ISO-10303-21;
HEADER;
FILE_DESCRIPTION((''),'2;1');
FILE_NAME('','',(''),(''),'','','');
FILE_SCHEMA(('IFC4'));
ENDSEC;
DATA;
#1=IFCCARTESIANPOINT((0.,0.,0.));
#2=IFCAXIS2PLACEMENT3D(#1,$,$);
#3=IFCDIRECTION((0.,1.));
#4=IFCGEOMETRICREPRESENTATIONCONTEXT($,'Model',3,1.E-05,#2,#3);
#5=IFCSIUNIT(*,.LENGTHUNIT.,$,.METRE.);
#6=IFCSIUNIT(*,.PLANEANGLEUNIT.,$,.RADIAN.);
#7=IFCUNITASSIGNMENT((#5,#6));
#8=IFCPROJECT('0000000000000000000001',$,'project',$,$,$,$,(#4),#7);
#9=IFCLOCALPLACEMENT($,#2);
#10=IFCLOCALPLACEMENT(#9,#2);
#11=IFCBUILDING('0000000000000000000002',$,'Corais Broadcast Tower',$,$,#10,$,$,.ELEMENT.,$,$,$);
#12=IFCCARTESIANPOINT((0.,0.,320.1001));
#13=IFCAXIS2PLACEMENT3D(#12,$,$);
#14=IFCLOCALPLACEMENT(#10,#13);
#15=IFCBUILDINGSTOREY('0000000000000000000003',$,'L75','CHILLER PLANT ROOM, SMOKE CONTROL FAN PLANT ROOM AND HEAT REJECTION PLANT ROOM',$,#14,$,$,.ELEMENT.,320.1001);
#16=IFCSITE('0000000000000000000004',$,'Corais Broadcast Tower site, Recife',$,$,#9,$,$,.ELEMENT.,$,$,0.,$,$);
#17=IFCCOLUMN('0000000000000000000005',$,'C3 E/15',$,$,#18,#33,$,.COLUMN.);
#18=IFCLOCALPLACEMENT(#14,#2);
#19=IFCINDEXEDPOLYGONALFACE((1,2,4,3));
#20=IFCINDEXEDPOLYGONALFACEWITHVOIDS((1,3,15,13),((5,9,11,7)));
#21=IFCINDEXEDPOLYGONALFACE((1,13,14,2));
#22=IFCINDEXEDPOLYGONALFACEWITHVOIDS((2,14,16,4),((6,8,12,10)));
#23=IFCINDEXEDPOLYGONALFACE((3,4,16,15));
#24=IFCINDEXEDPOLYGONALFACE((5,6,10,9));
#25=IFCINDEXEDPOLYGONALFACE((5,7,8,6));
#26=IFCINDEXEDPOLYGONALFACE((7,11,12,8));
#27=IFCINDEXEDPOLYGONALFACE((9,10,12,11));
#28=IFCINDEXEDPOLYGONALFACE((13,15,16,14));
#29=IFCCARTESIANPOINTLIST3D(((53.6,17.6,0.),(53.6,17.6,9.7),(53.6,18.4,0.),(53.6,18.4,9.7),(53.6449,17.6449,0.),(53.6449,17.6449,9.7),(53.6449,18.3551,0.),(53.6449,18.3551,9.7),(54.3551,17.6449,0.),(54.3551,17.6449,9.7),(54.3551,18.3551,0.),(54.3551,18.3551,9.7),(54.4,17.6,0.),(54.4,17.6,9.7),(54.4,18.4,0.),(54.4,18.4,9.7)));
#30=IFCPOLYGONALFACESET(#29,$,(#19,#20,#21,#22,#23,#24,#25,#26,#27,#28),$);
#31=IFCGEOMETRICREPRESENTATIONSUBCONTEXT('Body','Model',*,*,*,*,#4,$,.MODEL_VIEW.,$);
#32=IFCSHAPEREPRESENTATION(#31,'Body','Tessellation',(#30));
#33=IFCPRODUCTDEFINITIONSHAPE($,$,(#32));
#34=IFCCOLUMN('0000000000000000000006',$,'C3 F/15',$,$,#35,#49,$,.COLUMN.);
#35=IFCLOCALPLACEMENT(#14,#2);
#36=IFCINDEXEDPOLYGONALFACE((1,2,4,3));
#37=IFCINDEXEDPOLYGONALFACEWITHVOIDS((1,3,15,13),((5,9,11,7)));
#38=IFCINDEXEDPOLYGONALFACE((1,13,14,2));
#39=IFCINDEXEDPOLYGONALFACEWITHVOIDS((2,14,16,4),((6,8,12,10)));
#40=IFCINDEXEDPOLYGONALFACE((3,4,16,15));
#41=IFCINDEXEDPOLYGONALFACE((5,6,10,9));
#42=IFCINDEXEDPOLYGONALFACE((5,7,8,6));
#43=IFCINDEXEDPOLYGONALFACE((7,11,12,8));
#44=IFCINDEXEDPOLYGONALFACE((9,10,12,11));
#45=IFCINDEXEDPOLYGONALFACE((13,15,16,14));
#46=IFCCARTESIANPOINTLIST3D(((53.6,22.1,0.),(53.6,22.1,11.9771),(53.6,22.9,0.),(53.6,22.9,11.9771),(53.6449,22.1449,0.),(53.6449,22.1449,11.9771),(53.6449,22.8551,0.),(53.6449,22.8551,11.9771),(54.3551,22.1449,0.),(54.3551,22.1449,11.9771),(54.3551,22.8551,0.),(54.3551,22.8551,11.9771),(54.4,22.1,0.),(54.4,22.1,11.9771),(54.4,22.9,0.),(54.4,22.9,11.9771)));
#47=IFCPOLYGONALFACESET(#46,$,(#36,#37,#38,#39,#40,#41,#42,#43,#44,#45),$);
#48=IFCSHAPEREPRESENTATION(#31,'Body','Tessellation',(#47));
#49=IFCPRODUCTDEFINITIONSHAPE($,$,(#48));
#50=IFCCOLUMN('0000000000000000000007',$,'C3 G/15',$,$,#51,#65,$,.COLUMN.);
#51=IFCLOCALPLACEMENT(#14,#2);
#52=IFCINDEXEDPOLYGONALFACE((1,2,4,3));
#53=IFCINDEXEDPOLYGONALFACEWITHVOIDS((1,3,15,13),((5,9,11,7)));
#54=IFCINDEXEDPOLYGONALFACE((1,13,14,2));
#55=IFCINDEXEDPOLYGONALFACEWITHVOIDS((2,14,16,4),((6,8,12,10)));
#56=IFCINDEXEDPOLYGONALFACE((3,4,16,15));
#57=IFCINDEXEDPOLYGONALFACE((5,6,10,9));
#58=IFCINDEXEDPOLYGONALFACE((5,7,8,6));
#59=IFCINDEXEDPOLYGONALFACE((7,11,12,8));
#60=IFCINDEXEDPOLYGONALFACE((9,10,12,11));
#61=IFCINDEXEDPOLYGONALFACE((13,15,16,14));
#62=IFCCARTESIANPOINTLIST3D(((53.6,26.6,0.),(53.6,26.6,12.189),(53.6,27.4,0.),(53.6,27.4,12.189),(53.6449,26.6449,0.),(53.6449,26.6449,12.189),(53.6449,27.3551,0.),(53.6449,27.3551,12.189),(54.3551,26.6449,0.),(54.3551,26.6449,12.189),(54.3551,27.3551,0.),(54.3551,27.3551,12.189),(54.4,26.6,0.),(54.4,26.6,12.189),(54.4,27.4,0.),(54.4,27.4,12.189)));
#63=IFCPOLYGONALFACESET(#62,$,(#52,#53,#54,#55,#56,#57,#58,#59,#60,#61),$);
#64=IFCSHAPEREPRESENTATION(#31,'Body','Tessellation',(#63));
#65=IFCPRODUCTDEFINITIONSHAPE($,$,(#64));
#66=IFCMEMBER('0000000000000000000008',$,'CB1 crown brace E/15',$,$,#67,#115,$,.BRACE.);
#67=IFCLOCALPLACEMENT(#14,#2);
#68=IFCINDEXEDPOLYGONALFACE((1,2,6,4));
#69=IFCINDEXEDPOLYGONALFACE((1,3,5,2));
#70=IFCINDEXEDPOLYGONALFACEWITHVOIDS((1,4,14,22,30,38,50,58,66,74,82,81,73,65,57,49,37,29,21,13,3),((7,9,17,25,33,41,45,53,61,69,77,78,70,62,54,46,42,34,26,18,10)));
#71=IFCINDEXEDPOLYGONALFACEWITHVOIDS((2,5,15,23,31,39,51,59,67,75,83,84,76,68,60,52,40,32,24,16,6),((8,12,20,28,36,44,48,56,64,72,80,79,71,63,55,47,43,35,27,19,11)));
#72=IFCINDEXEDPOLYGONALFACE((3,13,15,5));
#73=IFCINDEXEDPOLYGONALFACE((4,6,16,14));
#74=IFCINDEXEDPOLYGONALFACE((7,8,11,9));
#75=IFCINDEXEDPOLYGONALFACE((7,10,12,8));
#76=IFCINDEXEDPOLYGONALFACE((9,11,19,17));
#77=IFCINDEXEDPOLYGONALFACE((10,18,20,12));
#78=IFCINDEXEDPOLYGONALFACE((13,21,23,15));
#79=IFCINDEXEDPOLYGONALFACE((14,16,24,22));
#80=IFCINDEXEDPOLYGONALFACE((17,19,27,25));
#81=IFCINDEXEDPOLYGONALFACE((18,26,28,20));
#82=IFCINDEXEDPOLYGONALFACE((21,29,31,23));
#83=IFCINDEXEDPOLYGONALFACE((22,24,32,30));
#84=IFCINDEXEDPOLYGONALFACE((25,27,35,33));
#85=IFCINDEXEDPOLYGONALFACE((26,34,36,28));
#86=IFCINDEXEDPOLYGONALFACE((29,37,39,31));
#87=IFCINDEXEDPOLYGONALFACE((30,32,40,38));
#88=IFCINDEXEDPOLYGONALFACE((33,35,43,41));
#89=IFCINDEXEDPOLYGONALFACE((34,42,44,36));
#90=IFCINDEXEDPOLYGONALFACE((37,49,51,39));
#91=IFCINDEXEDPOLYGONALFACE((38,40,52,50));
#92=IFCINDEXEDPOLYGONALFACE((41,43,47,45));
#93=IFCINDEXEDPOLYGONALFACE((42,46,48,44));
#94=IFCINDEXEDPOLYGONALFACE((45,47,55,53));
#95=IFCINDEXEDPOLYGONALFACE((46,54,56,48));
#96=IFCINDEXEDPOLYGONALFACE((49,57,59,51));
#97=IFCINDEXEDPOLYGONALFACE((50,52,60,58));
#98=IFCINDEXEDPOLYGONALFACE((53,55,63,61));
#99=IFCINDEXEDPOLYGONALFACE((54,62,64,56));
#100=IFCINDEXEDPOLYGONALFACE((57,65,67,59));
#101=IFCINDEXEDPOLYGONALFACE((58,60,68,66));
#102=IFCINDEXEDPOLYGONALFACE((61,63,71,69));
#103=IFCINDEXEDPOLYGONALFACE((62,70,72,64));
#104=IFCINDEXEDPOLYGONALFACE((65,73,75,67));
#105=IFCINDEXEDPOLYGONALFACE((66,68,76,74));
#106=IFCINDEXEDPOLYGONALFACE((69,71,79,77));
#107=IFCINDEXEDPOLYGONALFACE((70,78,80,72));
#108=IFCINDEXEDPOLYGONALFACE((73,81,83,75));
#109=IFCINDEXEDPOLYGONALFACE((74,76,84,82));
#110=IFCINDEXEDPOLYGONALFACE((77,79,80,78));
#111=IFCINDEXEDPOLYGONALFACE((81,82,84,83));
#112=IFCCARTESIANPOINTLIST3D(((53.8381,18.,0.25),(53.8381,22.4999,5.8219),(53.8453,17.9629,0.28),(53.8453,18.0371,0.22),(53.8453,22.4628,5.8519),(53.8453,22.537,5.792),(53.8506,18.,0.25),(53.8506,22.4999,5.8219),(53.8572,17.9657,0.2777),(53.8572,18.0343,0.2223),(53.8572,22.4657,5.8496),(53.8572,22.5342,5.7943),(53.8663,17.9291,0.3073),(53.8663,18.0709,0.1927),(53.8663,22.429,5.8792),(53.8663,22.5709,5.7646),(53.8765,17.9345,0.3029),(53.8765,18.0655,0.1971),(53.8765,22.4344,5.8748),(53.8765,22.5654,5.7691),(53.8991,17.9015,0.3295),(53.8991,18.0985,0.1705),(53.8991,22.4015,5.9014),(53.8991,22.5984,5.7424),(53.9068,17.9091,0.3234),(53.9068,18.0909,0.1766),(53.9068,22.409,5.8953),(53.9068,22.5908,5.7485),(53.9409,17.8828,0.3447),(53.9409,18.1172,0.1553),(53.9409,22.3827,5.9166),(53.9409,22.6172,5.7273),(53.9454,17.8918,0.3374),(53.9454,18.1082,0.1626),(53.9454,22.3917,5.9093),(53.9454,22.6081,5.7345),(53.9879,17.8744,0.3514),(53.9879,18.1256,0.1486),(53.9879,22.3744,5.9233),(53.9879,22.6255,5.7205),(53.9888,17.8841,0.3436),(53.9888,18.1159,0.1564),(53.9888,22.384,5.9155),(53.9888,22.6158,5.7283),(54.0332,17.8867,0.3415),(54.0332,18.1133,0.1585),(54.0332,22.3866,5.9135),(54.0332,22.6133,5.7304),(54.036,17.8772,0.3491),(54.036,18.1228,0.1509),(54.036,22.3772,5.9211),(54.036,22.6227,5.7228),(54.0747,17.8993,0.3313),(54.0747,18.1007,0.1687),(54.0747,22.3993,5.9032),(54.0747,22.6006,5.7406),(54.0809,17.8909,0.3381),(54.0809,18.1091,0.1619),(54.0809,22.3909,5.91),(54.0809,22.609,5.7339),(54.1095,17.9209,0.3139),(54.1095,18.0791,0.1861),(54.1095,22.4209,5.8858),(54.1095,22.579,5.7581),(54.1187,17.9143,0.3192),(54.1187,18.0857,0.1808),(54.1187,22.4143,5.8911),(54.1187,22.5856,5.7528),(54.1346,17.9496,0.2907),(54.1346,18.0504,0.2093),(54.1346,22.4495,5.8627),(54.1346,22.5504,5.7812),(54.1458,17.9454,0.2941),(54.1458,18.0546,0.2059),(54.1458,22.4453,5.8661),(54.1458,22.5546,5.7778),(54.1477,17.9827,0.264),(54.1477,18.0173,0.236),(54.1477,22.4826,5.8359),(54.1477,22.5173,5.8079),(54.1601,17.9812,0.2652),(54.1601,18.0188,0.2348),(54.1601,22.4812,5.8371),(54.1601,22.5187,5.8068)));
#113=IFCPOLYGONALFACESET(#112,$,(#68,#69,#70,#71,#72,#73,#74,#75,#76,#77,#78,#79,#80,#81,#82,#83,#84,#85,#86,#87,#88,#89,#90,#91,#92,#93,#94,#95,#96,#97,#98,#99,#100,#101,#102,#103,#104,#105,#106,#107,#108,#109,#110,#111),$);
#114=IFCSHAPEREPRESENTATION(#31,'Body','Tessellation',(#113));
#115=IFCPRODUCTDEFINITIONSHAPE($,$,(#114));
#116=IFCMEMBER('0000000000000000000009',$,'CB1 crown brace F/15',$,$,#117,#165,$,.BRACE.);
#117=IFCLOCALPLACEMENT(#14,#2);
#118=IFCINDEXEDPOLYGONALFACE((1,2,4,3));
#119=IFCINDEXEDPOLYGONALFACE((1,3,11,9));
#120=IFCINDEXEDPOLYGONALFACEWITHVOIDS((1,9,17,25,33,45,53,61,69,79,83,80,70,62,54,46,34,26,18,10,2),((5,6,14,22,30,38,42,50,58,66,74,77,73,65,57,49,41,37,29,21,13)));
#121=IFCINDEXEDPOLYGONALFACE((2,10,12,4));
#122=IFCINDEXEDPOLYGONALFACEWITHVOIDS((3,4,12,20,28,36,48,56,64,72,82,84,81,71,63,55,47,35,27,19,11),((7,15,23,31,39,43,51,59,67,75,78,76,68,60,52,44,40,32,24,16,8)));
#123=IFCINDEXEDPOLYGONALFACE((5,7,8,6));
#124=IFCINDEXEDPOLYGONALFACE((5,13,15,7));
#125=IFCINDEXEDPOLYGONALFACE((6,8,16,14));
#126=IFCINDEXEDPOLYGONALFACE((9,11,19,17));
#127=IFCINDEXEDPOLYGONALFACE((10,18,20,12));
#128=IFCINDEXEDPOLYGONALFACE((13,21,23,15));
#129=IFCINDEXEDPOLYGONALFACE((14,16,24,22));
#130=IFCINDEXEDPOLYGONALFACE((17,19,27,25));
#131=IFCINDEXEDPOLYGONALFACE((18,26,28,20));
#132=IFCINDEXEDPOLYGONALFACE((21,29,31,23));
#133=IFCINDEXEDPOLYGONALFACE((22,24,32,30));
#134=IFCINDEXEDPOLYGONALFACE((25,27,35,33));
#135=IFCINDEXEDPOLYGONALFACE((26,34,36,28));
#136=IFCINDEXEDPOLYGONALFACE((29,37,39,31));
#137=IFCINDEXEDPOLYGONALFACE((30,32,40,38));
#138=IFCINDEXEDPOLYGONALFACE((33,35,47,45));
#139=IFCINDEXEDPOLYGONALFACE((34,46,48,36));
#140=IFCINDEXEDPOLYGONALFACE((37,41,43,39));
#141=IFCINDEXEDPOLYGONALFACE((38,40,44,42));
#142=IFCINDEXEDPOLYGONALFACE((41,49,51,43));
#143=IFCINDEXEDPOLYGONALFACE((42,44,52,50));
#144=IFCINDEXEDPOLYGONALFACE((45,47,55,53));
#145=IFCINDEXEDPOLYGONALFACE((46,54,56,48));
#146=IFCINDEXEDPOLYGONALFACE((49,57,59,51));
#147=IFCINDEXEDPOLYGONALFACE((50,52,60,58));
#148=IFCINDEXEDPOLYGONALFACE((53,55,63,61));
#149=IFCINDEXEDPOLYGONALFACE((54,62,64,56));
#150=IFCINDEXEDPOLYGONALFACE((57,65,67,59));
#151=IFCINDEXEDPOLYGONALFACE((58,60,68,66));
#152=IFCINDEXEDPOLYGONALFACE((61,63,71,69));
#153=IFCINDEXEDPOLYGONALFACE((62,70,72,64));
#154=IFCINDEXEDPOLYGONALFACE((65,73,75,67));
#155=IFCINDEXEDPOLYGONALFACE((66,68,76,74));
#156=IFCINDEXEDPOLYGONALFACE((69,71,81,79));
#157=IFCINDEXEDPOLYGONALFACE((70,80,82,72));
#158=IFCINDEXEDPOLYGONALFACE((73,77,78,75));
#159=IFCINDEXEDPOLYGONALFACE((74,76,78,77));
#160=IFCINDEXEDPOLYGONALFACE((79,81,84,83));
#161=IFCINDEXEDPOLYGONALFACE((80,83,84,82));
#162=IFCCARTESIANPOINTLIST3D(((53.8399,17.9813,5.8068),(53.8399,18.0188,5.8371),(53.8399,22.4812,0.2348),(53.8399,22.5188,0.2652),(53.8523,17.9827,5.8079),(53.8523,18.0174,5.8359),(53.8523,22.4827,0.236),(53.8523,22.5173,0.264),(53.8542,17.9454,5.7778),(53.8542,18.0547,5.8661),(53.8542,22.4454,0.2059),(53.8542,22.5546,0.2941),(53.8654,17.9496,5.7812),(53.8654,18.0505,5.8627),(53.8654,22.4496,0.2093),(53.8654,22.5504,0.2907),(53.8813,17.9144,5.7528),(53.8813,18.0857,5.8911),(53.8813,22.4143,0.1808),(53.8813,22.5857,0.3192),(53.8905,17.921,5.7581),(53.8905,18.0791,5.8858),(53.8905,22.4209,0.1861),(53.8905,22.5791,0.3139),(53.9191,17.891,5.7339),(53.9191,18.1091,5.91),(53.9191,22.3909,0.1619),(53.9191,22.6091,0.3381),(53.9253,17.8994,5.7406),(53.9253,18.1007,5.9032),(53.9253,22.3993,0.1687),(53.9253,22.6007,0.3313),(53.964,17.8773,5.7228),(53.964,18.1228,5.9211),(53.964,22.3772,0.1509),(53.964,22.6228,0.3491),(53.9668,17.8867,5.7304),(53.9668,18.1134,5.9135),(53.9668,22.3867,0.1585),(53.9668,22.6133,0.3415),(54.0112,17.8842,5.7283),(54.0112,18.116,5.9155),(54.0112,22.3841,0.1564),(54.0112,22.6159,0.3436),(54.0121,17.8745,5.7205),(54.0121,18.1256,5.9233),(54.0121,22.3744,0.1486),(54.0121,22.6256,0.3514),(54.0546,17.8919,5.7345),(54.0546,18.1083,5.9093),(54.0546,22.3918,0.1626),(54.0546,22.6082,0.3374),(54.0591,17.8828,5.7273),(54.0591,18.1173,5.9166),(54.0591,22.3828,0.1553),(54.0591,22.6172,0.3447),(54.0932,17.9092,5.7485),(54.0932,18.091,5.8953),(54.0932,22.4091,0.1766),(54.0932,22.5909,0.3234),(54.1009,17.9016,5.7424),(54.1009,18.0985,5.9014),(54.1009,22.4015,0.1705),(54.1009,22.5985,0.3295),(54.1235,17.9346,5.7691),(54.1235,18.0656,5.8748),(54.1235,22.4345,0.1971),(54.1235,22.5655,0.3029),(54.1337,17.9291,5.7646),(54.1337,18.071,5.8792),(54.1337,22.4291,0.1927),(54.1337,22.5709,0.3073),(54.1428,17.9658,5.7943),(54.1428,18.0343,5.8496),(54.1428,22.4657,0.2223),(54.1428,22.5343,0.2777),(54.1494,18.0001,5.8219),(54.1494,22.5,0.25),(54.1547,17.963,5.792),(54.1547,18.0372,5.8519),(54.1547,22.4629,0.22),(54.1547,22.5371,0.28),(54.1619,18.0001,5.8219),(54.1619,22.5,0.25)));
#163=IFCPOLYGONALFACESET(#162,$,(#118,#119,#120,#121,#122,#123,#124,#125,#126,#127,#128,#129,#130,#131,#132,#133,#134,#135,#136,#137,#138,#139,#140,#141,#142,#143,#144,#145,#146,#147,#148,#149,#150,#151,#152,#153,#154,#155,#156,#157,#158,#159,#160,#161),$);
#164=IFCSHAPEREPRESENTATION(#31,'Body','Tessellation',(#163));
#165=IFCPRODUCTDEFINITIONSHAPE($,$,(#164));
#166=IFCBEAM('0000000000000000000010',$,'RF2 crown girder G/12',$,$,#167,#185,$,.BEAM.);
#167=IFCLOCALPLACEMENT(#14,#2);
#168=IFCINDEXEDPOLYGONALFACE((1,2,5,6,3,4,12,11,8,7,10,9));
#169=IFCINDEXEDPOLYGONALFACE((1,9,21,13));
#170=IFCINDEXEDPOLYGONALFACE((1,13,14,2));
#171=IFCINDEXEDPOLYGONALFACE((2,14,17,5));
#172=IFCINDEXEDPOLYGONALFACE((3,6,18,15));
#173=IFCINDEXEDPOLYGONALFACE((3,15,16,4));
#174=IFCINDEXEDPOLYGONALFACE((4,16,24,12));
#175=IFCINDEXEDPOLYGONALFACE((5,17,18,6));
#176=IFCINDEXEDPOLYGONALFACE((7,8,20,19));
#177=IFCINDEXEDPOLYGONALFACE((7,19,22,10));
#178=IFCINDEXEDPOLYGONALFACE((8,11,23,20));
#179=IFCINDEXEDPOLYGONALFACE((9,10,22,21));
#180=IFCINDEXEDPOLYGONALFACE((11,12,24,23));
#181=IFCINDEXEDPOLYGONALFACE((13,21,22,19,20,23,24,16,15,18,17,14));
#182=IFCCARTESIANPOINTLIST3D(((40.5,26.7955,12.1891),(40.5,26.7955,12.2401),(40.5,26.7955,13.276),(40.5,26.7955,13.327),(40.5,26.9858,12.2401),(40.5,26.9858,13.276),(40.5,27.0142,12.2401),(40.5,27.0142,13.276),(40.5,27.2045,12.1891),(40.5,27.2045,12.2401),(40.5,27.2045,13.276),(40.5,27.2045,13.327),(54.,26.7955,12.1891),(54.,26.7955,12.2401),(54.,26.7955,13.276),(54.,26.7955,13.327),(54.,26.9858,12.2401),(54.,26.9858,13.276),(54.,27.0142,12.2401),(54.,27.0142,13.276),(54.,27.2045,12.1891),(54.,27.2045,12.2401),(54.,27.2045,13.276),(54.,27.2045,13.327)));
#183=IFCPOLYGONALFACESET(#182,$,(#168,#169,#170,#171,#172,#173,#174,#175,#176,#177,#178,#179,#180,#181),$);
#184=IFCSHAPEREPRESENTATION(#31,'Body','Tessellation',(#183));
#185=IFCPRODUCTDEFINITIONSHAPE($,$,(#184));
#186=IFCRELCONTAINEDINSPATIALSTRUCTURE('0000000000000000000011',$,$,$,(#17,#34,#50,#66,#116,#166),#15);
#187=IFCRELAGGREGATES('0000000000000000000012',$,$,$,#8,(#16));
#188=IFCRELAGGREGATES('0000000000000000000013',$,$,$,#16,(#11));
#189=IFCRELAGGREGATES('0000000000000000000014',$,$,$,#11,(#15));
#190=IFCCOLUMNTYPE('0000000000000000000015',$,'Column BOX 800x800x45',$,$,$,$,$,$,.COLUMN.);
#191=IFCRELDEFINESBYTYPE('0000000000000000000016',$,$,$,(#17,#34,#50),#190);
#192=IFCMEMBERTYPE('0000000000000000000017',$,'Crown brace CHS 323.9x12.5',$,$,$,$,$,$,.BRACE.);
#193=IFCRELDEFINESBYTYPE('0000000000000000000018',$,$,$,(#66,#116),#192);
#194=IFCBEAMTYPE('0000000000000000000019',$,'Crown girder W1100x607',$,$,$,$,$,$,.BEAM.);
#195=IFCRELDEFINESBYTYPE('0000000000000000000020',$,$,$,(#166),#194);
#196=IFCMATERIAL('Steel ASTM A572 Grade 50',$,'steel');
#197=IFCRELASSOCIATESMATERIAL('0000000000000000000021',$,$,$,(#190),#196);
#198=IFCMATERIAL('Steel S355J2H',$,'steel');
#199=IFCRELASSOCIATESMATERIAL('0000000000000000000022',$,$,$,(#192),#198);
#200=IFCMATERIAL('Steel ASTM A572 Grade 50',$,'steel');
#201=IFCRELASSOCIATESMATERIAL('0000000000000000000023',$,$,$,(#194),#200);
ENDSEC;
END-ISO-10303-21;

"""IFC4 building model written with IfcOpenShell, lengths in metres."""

from ifc_helpers import new_model, si_unit, direction, frame, origin, origin_2d, place, context, subcontext, project, spatial, hollow_rectangle, hollow_circle, i_section, extrude, material, material_profile, profile_set, type_object, element, save


model = new_model("IFC4")

# Units and contexts
model_context = context("Model", 3, precision=1e-05, world=origin(), true_north=direction((0.0, 1.0)))
body_context = subcontext(model_context, "Body", "Model", "MODEL_VIEW")
ifc_project = project(units=[si_unit("LENGTHUNIT", "METRE"), si_unit("PLANEANGLEUNIT", "RADIAN")], contexts=[model_context])

# Site, building, storey
site_placement = place(None, origin())
site = spatial("IfcSite", under=ifc_project, at=site_placement, Name="Corais Broadcast Tower site, Recife", CompositionType="ELEMENT", RefElevation=0.0)
building_placement = place(site_placement, origin())
building = spatial("IfcBuilding", under=site, at=building_placement, Name="Corais Broadcast Tower", CompositionType="ELEMENT")
storey_placement = place(building_placement, frame((0.0, 0.0, 320.1001)))
storey = spatial("IfcBuildingStorey", under=building, at=storey_placement, Name="L75", Description="CHILLER PLANT ROOM, SMOKE CONTROL FAN PLANT ROOM AND HEAT REJECTION PLANT ROOM", CompositionType="ELEMENT", Elevation=320.1001)

# Columns
ifc_material_1 = material(Name="Steel ASTM A572 Grade 50", Category="steel")
ifc_material_profile_1 = material_profile(ifc_material_1, hollow_rectangle(XDim=0.8, YDim=0.8, WallThickness=0.0449, at=origin_2d()), Name="BOX 800x800x45")
ifc_profile_set_1 = profile_set([ifc_material_profile_1], Name="Steel ASTM A572 Grade 50")
column_type = type_object("IfcColumnType", Name="Column BOX 800x800x45", PredefinedType="COLUMN", material=ifc_profile_set_1)
column_1_placement = place(storey_placement, frame((54.0, 18.0, 0.0), z_axis=(0.0, 0.0, 1.0), x_axis=(1.0, 0.0, 0.0)))
element("IfcColumn", 1, at=column_1_placement, inside=storey, type_object=column_type, Name="C3 E/15", PredefinedType="COLUMN", context=body_context, shape_type="SweptSolid", body=[
    extrude(hollow_rectangle(XDim=0.8, YDim=0.8, WallThickness=0.0449, at=origin_2d()), origin(), (0.0, 0.0, 1.0), 9.7),
])
column_2_placement = place(storey_placement, frame((54.0, 22.5, 0.0), z_axis=(0.0, 0.0, 1.0), x_axis=(1.0, 0.0, 0.0)))
element("IfcColumn", 2, at=column_2_placement, inside=storey, type_object=column_type, Name="C3 F/15", PredefinedType="COLUMN", context=body_context, shape_type="SweptSolid", body=[
    extrude(hollow_rectangle(XDim=0.8, YDim=0.8, WallThickness=0.0449, at=origin_2d()), origin(), (0.0, 0.0, 1.0), 11.9771),
])
column_3_placement = place(storey_placement, frame((54.0, 27.0, 0.0), z_axis=(0.0, 0.0, 1.0), x_axis=(1.0, 0.0, 0.0)))
element("IfcColumn", 3, at=column_3_placement, inside=storey, type_object=column_type, Name="C3 G/15", PredefinedType="COLUMN", context=body_context, shape_type="SweptSolid", body=[
    extrude(hollow_rectangle(XDim=0.8, YDim=0.8, WallThickness=0.0449, at=origin_2d()), origin(), (0.0, 0.0, 1.0), 12.189),
])

# Members
ifc_material_2 = material(Name="Steel S355J2H", Category="steel")
ifc_material_profile_2 = material_profile(ifc_material_2, hollow_circle(Radius=0.1619, WallThickness=0.0125, at=origin_2d()), Name="CHS 323.9x12.5")
ifc_profile_set_2 = profile_set([ifc_material_profile_2], Name="Steel S355J2H")
member_type = type_object("IfcMemberType", Name="Crown brace CHS 323.9x12.5", PredefinedType="BRACE", material=ifc_profile_set_2)
for number, where, z_axis, x_axis, name in (
    (4, (54.0, 18.0, 0.25), (0.0, 0.628297, 0.777974), (-1.0, 0.0, 0.0), "CB1 crown brace E/15"),
    (5, (54.0, 22.5, 0.25), (0.0, -0.628297, 0.777974), (1.0, 0.0, 0.0), "CB1 crown brace F/15"),
):
    element("IfcMember", number, at=place(storey_placement, frame(where, z_axis=z_axis, x_axis=x_axis)), inside=storey, type_object=member_type, Name=name, PredefinedType="BRACE", context=body_context, shape_type="SweptSolid", body=[
        extrude(hollow_circle(Radius=0.1619, WallThickness=0.0125, at=origin_2d()), origin(), (0.0, 0.0, 1.0), 7.1621),
    ])

# Beam
ifc_material_3 = material(Name="Steel ASTM A572 Grade 50", Category="steel")
ifc_material_profile_3 = material_profile(ifc_material_3, i_section(OverallWidth=0.4089, OverallDepth=1.1379, WebThickness=0.0283, FlangeThickness=0.051, at=origin_2d()), Name="W1100x607")
ifc_profile_set_3 = profile_set([ifc_material_profile_3], Name="Steel ASTM A572 Grade 50")
beam_type_1 = type_object("IfcBeamType", Name="Crown girder W1100x607", PredefinedType="BEAM", material=ifc_profile_set_3)
beam_placement = place(storey_placement, frame((40.5, 27.0, 12.7581), z_axis=(1.0, 0.0, 0.0), x_axis=(0.0, 1.0, 0.0)))
element("IfcBeam", 6, at=beam_placement, inside=storey, type_object=beam_type_1, Name="RF2 crown girder G/12", PredefinedType="BEAM", context=body_context, shape_type="SweptSolid", body=[
    extrude(i_section(OverallWidth=0.4089, OverallDepth=1.1379, WebThickness=0.0283, FlangeThickness=0.051, at=origin_2d()), origin(), (0.0, 0.0, 1.0), 13.5),
])

save(model, "model.ifc")
